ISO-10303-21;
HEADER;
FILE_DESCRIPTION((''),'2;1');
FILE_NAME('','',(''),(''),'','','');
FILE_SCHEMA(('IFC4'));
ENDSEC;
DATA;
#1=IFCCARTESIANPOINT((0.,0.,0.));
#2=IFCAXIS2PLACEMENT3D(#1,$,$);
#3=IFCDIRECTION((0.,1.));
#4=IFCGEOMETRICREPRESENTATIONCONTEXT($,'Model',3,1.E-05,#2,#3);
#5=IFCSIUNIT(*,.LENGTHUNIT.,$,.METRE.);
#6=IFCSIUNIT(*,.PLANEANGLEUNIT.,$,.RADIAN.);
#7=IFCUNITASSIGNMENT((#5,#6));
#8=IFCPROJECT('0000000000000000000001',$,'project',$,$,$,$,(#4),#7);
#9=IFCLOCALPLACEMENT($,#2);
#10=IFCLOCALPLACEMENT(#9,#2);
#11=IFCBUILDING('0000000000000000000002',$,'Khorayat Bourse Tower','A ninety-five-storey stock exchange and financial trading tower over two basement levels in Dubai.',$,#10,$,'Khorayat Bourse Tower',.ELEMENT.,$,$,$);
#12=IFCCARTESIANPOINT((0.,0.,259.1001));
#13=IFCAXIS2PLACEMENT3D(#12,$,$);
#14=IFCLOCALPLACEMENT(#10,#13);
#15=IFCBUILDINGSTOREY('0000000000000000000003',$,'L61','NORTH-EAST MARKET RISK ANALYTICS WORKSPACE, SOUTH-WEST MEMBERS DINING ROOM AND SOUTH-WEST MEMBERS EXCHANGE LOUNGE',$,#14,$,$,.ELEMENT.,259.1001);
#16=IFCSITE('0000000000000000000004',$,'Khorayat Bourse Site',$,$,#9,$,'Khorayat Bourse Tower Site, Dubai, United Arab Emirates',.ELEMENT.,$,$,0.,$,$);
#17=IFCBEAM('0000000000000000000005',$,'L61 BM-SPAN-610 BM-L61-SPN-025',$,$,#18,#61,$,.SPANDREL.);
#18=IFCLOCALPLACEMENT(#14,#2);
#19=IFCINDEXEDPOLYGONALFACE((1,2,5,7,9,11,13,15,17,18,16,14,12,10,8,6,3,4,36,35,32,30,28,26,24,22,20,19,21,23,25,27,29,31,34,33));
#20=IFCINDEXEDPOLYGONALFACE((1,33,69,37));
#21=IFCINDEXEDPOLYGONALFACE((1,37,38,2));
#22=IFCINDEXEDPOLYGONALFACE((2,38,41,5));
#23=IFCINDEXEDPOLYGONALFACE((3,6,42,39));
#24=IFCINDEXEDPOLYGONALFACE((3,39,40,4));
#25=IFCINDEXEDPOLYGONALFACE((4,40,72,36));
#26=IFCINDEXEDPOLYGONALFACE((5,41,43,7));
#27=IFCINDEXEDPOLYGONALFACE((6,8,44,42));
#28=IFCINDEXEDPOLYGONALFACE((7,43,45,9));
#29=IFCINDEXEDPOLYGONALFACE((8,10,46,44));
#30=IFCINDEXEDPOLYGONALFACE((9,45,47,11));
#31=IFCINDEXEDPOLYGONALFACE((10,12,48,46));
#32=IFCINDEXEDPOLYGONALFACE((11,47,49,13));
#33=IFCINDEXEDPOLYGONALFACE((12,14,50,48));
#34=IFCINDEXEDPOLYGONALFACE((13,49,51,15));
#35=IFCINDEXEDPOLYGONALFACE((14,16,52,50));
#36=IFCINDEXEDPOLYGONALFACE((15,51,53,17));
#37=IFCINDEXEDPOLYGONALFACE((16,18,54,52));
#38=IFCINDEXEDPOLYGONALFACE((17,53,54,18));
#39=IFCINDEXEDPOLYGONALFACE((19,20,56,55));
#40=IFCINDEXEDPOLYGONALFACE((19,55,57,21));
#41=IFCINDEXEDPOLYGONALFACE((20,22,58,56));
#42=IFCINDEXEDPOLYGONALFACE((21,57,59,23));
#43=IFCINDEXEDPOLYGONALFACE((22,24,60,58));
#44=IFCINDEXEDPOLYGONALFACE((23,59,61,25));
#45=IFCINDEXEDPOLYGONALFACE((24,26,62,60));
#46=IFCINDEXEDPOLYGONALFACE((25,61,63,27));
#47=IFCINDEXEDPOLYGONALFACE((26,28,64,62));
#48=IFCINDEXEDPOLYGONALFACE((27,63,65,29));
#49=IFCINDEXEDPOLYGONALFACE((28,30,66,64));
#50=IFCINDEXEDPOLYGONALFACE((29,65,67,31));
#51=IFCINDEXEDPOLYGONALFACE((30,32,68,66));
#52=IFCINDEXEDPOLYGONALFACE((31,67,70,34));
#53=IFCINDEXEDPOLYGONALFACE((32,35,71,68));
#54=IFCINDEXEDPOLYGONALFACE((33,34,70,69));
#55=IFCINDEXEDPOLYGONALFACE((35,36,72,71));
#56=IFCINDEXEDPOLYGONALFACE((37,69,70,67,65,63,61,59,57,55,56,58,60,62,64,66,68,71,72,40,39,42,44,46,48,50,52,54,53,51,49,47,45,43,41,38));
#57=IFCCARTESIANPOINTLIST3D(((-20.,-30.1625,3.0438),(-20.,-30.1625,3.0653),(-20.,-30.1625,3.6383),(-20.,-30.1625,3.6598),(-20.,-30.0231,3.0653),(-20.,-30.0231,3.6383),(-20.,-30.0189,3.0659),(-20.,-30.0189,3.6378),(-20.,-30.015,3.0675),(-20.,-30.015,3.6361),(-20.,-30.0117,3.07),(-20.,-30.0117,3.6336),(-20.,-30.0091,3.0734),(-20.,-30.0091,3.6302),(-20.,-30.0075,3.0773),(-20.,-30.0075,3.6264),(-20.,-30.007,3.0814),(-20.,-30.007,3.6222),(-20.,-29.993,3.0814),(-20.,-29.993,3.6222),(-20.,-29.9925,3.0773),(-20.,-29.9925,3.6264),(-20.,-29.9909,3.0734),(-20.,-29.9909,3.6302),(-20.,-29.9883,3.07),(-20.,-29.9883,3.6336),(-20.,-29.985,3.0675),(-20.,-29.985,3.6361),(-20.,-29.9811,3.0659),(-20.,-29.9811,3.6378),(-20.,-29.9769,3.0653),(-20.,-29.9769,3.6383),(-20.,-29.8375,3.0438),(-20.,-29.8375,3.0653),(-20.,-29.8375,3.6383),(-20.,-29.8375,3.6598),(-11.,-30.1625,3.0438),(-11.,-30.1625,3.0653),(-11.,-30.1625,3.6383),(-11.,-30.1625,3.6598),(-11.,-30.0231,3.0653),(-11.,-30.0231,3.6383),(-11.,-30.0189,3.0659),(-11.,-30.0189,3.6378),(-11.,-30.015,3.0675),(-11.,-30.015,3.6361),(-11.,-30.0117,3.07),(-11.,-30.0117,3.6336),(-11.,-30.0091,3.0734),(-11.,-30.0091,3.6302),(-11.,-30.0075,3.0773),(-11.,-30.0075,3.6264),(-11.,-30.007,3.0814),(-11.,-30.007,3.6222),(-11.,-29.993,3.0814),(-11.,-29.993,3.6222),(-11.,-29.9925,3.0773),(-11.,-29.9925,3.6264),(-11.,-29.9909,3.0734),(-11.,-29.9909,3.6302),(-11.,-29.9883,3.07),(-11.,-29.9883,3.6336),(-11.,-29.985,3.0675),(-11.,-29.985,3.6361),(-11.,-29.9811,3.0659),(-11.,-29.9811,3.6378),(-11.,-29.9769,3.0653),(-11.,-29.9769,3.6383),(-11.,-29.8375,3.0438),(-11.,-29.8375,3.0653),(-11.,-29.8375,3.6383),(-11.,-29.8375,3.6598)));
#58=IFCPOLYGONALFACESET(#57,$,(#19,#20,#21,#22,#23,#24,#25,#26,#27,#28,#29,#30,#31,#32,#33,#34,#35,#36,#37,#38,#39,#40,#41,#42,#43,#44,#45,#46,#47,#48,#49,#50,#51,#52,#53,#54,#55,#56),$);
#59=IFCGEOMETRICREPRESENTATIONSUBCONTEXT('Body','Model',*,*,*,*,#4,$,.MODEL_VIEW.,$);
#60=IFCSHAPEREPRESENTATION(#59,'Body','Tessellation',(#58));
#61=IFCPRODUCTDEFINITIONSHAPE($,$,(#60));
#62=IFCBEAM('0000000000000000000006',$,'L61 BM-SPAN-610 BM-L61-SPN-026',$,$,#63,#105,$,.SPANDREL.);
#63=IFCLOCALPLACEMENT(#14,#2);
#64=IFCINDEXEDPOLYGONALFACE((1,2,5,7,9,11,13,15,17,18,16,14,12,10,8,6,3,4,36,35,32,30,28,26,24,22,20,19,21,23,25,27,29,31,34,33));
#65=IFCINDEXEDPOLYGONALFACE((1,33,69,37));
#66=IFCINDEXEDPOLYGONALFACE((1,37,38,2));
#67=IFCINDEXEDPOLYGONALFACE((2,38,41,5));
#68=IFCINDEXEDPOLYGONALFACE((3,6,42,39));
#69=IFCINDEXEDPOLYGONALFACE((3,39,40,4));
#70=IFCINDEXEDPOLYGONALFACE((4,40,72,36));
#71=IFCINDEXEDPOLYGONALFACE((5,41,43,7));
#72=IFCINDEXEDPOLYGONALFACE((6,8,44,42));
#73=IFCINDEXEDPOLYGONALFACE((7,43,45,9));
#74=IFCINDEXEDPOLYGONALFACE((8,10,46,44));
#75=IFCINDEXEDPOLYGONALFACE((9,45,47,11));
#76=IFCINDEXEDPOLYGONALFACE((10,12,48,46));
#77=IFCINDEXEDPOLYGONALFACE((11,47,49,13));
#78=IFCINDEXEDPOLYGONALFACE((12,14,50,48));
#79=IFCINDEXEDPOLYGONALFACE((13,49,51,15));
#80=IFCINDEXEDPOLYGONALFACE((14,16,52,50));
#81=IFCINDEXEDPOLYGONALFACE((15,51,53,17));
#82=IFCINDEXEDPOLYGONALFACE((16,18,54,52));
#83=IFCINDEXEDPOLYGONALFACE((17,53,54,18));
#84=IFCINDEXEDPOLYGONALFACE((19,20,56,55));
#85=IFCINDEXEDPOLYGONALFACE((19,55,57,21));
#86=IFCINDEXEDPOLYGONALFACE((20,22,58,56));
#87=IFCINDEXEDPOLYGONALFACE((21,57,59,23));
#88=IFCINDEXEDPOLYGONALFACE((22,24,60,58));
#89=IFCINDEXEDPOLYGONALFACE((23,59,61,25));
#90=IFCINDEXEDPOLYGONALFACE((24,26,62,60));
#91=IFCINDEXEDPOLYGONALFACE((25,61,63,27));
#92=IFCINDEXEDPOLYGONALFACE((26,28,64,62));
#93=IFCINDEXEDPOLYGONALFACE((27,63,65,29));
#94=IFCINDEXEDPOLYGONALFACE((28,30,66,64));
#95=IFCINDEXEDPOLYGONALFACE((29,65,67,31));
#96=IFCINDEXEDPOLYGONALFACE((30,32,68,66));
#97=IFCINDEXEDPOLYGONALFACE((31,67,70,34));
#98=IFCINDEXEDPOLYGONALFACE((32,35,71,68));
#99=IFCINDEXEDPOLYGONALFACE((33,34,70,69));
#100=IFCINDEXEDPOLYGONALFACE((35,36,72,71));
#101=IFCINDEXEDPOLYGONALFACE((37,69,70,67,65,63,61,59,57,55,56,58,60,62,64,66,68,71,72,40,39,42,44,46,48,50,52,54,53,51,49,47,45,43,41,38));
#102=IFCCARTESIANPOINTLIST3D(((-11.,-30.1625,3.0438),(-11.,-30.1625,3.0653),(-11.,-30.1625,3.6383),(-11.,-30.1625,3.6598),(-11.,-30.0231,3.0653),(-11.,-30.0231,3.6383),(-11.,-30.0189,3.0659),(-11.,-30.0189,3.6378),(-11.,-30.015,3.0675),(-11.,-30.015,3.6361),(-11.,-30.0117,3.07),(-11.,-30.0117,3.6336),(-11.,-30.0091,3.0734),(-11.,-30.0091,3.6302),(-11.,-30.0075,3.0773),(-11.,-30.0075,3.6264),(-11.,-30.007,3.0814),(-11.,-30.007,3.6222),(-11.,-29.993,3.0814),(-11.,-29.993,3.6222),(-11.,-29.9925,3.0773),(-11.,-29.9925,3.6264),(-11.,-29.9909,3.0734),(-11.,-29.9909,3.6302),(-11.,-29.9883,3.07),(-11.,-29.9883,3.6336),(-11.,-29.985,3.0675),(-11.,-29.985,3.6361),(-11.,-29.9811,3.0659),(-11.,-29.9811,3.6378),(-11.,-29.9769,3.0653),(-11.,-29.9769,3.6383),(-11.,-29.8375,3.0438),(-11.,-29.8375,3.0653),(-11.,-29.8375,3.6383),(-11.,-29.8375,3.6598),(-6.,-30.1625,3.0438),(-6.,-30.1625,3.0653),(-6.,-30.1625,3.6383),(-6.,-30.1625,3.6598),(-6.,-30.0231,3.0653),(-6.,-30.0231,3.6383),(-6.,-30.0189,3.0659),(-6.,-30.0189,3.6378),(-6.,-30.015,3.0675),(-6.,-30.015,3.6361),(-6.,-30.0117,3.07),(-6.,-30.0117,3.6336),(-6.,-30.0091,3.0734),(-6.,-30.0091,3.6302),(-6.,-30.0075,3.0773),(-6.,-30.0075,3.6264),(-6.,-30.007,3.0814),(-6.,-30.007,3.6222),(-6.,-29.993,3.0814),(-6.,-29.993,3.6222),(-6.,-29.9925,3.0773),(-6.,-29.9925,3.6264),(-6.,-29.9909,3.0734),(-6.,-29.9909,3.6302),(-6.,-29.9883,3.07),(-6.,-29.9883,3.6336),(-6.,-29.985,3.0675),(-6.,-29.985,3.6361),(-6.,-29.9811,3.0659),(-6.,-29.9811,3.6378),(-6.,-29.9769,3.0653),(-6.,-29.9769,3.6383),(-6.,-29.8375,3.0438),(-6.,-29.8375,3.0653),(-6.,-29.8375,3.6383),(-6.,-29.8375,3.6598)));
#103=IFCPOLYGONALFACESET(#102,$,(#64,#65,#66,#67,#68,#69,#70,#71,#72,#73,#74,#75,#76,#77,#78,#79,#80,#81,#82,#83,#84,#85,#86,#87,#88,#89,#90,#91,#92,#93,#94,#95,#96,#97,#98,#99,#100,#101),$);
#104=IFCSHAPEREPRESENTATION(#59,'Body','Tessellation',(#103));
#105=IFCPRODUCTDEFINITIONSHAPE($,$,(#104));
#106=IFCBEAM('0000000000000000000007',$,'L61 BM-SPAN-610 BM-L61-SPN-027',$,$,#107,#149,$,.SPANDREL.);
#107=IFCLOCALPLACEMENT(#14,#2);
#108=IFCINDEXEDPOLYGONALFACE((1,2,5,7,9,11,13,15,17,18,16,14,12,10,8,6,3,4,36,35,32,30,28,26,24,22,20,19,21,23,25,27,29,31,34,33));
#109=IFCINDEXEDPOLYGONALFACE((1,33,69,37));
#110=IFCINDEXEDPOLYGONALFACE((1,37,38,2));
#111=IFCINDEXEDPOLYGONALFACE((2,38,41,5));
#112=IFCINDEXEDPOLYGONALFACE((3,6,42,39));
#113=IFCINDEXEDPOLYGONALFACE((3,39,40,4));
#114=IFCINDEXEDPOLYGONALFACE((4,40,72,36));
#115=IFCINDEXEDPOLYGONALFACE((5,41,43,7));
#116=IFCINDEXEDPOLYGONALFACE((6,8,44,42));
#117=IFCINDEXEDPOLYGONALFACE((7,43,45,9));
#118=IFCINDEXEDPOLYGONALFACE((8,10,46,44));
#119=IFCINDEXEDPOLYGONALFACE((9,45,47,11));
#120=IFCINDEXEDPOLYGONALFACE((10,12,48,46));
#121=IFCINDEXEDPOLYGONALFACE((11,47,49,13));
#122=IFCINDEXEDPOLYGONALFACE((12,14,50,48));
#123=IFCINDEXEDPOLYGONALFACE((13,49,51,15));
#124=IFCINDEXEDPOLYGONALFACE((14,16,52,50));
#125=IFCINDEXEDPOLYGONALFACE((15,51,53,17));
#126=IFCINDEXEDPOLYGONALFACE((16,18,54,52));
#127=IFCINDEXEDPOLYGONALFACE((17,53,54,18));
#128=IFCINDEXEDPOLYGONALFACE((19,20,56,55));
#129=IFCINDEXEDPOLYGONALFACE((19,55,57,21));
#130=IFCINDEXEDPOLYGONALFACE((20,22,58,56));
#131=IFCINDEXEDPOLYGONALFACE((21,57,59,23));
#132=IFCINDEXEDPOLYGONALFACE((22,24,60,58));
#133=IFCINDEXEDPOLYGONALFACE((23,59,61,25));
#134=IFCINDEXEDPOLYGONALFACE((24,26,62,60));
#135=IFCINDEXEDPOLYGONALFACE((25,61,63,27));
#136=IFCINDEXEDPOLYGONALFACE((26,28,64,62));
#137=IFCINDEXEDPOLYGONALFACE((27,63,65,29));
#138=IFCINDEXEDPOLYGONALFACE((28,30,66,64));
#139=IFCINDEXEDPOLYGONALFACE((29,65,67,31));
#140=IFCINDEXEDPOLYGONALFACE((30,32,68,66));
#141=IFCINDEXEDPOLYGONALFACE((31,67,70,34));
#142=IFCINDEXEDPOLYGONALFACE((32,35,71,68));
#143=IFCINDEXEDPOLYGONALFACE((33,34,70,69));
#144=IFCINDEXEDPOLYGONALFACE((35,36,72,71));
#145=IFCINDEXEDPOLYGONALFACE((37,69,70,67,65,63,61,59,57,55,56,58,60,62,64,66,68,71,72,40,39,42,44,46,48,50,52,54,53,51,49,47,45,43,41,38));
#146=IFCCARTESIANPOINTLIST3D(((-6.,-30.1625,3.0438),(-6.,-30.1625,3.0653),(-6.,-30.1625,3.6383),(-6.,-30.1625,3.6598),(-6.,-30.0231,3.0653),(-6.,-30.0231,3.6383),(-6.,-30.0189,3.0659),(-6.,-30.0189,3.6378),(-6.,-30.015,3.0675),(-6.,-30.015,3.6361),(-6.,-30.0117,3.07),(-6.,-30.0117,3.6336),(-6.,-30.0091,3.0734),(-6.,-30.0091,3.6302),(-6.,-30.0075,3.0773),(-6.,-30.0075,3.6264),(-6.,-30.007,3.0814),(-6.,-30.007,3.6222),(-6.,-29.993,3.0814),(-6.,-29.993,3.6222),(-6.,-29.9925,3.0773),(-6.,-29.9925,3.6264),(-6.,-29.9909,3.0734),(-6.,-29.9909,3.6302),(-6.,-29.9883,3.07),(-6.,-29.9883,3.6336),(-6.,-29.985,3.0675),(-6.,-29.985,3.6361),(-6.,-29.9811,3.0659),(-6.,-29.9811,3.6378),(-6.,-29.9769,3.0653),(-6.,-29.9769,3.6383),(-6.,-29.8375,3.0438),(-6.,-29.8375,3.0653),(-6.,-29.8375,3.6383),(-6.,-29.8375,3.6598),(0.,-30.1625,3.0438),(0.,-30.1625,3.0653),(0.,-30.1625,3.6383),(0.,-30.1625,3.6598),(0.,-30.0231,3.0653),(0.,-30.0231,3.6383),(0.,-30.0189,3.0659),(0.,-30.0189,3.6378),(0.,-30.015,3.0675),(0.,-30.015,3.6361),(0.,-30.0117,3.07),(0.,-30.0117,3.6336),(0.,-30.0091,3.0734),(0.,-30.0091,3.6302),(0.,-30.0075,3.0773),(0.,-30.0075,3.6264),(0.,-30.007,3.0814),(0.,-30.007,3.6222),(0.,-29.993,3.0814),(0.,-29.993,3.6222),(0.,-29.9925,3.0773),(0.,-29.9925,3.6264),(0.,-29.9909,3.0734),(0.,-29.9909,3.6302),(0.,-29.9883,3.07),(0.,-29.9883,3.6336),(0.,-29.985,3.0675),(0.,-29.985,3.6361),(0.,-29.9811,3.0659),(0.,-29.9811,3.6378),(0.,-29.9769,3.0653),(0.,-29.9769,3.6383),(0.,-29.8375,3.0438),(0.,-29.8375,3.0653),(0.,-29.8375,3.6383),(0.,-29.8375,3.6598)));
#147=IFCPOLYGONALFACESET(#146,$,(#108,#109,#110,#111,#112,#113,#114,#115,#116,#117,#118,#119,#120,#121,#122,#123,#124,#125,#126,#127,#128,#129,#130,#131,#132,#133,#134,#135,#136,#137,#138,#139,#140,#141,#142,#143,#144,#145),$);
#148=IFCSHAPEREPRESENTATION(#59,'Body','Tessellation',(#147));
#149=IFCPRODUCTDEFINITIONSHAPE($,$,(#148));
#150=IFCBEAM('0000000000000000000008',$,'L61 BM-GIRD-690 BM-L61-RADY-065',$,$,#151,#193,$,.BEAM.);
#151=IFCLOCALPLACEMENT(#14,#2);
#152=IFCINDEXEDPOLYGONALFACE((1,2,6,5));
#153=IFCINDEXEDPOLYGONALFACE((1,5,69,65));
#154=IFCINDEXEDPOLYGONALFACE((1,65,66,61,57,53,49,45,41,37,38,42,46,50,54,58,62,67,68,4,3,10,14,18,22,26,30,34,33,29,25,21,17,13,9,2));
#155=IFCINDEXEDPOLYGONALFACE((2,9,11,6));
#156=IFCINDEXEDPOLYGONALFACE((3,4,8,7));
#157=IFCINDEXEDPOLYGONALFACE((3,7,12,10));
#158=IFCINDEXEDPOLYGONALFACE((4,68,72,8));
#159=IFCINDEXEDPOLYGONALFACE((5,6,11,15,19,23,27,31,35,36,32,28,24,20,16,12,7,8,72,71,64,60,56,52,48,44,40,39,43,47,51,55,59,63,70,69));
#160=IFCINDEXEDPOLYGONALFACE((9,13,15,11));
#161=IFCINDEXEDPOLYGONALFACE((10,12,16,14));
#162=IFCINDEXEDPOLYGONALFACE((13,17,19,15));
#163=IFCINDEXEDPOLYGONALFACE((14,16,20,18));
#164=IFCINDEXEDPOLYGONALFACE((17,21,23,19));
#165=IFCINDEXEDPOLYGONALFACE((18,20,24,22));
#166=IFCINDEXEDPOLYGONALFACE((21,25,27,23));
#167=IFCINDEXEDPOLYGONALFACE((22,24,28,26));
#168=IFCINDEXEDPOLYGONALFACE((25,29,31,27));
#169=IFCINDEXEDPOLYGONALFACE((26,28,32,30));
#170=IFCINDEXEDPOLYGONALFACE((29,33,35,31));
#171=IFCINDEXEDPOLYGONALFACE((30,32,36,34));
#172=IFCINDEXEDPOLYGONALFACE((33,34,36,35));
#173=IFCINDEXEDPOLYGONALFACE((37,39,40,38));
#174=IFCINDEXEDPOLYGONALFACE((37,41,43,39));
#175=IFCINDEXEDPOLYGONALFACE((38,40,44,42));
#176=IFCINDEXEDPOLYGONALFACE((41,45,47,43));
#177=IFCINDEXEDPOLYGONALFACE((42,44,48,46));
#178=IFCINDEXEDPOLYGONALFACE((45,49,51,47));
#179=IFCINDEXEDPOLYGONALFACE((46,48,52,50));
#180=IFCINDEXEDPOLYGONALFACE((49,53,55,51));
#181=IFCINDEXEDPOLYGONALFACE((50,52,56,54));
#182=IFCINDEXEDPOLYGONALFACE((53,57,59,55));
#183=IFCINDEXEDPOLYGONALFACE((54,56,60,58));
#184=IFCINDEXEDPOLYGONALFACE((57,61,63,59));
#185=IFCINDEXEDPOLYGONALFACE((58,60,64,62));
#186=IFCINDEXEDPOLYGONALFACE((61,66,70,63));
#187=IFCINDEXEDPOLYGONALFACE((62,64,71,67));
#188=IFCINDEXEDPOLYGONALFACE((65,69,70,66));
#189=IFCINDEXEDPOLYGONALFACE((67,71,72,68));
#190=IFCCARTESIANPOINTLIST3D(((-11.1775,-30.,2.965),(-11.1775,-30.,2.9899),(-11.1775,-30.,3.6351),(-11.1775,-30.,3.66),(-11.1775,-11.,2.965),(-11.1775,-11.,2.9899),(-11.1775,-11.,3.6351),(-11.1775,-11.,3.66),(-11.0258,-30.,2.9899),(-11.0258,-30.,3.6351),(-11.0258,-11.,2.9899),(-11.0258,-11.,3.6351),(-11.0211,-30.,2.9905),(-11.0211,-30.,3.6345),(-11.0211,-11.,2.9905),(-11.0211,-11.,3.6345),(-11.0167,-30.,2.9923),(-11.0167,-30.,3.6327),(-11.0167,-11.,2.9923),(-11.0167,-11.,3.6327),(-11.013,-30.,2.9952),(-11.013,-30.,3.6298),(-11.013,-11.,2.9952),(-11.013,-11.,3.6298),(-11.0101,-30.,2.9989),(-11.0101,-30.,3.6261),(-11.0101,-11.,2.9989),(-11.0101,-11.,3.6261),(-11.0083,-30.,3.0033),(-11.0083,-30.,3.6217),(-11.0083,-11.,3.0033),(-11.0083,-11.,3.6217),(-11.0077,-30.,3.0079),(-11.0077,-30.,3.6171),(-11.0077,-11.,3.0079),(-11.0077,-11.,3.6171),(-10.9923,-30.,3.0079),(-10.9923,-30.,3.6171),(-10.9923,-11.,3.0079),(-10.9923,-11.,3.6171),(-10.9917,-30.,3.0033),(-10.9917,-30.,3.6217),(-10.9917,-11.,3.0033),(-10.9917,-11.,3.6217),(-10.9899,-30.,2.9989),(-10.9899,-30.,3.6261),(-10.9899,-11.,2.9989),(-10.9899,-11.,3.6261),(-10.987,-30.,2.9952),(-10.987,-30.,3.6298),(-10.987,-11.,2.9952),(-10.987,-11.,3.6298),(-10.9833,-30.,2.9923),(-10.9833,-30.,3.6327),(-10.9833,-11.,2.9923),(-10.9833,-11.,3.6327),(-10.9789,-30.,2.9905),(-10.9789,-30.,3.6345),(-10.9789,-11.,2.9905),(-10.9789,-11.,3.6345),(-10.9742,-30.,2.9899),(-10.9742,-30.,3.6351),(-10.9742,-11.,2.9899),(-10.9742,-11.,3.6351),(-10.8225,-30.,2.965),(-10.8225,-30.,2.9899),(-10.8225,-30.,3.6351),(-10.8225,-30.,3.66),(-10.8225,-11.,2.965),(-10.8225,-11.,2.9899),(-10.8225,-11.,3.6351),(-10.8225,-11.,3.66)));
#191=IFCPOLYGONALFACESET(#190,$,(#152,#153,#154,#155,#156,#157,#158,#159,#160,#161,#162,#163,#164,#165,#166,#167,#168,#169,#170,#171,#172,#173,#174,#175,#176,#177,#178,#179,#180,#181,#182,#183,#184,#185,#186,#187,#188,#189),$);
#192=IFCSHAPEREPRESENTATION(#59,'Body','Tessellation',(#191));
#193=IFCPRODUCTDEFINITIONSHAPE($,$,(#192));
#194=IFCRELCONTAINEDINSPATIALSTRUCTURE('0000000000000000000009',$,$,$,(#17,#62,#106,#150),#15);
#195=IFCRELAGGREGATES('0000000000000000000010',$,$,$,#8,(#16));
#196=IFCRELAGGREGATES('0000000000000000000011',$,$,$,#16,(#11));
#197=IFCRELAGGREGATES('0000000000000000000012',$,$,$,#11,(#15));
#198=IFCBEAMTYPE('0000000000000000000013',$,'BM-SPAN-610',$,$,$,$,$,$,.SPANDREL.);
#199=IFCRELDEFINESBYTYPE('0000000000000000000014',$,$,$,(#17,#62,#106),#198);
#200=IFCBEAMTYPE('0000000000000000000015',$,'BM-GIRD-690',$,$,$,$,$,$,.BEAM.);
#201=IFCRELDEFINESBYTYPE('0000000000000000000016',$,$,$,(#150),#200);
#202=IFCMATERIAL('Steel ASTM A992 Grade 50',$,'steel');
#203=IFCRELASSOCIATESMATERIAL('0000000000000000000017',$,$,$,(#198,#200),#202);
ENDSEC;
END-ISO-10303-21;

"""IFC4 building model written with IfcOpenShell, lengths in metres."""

from ifc_helpers import new_model, si_unit, direction, frame, origin, origin_2d, place, context, subcontext, project, spatial, i_section, extrude, source, transform, mapped, material, material_profile, profile_set, type_object, element, save


model = new_model("IFC4")

# Units and contexts
model_context = context("Model", 3, precision=1e-05, world=origin(), true_north=direction((0.0, 1.0)))
body_context = subcontext(model_context, "Body", "Model", "MODEL_VIEW")
ifc_project = project(units=[si_unit("LENGTHUNIT", "METRE"), si_unit("PLANEANGLEUNIT", "RADIAN")], contexts=[model_context])

# Site, building, storey
site_placement = place(None, origin())
site = spatial("IfcSite", under=ifc_project, at=site_placement, Name="Khorayat Bourse Site", LongName="Khorayat Bourse Tower Site, Dubai, United Arab Emirates", CompositionType="ELEMENT", RefElevation=0.0)
building_placement = place(site_placement, origin())
building = spatial("IfcBuilding", under=site, at=building_placement, Name="Khorayat Bourse Tower", Description="A ninety-five-storey stock exchange and financial trading tower over two basement levels in Dubai.", LongName="Khorayat Bourse Tower", CompositionType="ELEMENT")
storey_placement = place(building_placement, frame((0.0, 0.0, 259.1001)))
storey = spatial("IfcBuildingStorey", under=building, at=storey_placement, Name="L61", Description="NORTH-EAST MARKET RISK ANALYTICS WORKSPACE, SOUTH-WEST MEMBERS DINING ROOM AND SOUTH-WEST MEMBERS EXCHANGE LOUNGE", CompositionType="ELEMENT", Elevation=259.1001)

# Beams
ifc_material_1 = material(Name="Steel ASTM A992 Grade 50", Category="steel")
ifc_material_profile_1 = material_profile(ifc_material_1, i_section(OverallWidth=0.325, OverallDepth=0.616, WebThickness=0.0139, FlangeThickness=0.0215, FilletRadius=0.0161, at=origin_2d()), Name="W610X174")
ifc_profile_set_1 = profile_set([ifc_material_profile_1], Name="Steel ASTM A992 Grade 50")
beam_type_1 = type_object("IfcBeamType", Name="BM-SPAN-610", PredefinedType="SPANDREL", material=ifc_profile_set_1)
shared_shape_1 = source(origin(), body_context, "Body", "SweptSolid", [
    extrude(i_section(OverallWidth=0.325, OverallDepth=0.616, WebThickness=0.0139, FlangeThickness=0.0215, FilletRadius=0.0161, at=origin_2d()), origin(), (0.0, 0.0, 1.0), 9.0),
])
beam_1_placement = place(storey_placement, frame((-20.0, -30.0, 3.3518), z_axis=(1.0, 0.0, 0.0), x_axis=(0.0, 1.0, 0.0)))
element("IfcBeam", 1, at=beam_1_placement, inside=storey, type_object=beam_type_1, Name="L61 BM-SPAN-610 BM-L61-SPN-025", PredefinedType="SPANDREL", context=body_context, shape_type="MappedRepresentation", body=[
    mapped(shared_shape_1, transform((0.0, 0.0, 0.0), scale=1.0)),
])
shared_shape_2 = source(origin(), body_context, "Body", "SweptSolid", [
    extrude(i_section(OverallWidth=0.325, OverallDepth=0.616, WebThickness=0.0139, FlangeThickness=0.0215, FilletRadius=0.0161, at=origin_2d()), origin(), (0.0, 0.0, 1.0), 5.0),
])
beam_2_placement = place(storey_placement, frame((-11.0, -30.0, 3.3518), z_axis=(1.0, 0.0, 0.0), x_axis=(0.0, 1.0, 0.0)))
element("IfcBeam", 2, at=beam_2_placement, inside=storey, type_object=beam_type_1, Name="L61 BM-SPAN-610 BM-L61-SPN-026", PredefinedType="SPANDREL", context=body_context, shape_type="MappedRepresentation", body=[
    mapped(shared_shape_2, transform((0.0, 0.0, 0.0), scale=1.0)),
])
shared_shape_3 = source(origin(), body_context, "Body", "SweptSolid", [
    extrude(i_section(OverallWidth=0.325, OverallDepth=0.616, WebThickness=0.0139, FlangeThickness=0.0215, FilletRadius=0.0161, at=origin_2d()), origin(), (0.0, 0.0, 1.0), 6.0),
])
beam_3_placement = place(storey_placement, frame((-6.0, -30.0, 3.3518), z_axis=(1.0, 0.0, 0.0), x_axis=(0.0, 1.0, 0.0)))
element("IfcBeam", 3, at=beam_3_placement, inside=storey, type_object=beam_type_1, Name="L61 BM-SPAN-610 BM-L61-SPN-027", PredefinedType="SPANDREL", context=body_context, shape_type="MappedRepresentation", body=[
    mapped(shared_shape_3, transform((0.0, 0.0, 0.0), scale=1.0)),
])
ifc_material_profile_2 = material_profile(ifc_material_1, i_section(OverallWidth=0.355, OverallDepth=0.6951, WebThickness=0.0154, FlangeThickness=0.0249, FilletRadius=0.0181, at=origin_2d()), Name="W690X217")
ifc_profile_set_2 = profile_set([ifc_material_profile_2], Name="Steel ASTM A992 Grade 50")
beam_type_2 = type_object("IfcBeamType", Name="BM-GIRD-690", PredefinedType="BEAM", material=ifc_profile_set_2)
shared_shape_4 = source(origin(), body_context, "Body", "SweptSolid", [
    extrude(i_section(OverallWidth=0.355, OverallDepth=0.6951, WebThickness=0.0154, FlangeThickness=0.0249, FilletRadius=0.0181, at=origin_2d()), origin(), (0.0, 0.0, 1.0), 19.0),
])
for number, where, z_axis, x_axis, name in (
    (4, (-11.0, -30.0, 3.3125), (0.0, 1.0, 0.0), (-1.0, 0.0, 0.0), "L61 BM-GIRD-690 BM-L61-RADY-065"),
):
    element("IfcBeam", number, at=place(storey_placement, frame(where, z_axis=z_axis, x_axis=x_axis)), inside=storey, type_object=beam_type_2, Name=name, PredefinedType="BEAM", context=body_context, shape_type="MappedRepresentation", body=[
        mapped(shared_shape_4, transform((0.0, 0.0, 0.0), scale=1.0)),
    ])

save(model, "model.ifc")
